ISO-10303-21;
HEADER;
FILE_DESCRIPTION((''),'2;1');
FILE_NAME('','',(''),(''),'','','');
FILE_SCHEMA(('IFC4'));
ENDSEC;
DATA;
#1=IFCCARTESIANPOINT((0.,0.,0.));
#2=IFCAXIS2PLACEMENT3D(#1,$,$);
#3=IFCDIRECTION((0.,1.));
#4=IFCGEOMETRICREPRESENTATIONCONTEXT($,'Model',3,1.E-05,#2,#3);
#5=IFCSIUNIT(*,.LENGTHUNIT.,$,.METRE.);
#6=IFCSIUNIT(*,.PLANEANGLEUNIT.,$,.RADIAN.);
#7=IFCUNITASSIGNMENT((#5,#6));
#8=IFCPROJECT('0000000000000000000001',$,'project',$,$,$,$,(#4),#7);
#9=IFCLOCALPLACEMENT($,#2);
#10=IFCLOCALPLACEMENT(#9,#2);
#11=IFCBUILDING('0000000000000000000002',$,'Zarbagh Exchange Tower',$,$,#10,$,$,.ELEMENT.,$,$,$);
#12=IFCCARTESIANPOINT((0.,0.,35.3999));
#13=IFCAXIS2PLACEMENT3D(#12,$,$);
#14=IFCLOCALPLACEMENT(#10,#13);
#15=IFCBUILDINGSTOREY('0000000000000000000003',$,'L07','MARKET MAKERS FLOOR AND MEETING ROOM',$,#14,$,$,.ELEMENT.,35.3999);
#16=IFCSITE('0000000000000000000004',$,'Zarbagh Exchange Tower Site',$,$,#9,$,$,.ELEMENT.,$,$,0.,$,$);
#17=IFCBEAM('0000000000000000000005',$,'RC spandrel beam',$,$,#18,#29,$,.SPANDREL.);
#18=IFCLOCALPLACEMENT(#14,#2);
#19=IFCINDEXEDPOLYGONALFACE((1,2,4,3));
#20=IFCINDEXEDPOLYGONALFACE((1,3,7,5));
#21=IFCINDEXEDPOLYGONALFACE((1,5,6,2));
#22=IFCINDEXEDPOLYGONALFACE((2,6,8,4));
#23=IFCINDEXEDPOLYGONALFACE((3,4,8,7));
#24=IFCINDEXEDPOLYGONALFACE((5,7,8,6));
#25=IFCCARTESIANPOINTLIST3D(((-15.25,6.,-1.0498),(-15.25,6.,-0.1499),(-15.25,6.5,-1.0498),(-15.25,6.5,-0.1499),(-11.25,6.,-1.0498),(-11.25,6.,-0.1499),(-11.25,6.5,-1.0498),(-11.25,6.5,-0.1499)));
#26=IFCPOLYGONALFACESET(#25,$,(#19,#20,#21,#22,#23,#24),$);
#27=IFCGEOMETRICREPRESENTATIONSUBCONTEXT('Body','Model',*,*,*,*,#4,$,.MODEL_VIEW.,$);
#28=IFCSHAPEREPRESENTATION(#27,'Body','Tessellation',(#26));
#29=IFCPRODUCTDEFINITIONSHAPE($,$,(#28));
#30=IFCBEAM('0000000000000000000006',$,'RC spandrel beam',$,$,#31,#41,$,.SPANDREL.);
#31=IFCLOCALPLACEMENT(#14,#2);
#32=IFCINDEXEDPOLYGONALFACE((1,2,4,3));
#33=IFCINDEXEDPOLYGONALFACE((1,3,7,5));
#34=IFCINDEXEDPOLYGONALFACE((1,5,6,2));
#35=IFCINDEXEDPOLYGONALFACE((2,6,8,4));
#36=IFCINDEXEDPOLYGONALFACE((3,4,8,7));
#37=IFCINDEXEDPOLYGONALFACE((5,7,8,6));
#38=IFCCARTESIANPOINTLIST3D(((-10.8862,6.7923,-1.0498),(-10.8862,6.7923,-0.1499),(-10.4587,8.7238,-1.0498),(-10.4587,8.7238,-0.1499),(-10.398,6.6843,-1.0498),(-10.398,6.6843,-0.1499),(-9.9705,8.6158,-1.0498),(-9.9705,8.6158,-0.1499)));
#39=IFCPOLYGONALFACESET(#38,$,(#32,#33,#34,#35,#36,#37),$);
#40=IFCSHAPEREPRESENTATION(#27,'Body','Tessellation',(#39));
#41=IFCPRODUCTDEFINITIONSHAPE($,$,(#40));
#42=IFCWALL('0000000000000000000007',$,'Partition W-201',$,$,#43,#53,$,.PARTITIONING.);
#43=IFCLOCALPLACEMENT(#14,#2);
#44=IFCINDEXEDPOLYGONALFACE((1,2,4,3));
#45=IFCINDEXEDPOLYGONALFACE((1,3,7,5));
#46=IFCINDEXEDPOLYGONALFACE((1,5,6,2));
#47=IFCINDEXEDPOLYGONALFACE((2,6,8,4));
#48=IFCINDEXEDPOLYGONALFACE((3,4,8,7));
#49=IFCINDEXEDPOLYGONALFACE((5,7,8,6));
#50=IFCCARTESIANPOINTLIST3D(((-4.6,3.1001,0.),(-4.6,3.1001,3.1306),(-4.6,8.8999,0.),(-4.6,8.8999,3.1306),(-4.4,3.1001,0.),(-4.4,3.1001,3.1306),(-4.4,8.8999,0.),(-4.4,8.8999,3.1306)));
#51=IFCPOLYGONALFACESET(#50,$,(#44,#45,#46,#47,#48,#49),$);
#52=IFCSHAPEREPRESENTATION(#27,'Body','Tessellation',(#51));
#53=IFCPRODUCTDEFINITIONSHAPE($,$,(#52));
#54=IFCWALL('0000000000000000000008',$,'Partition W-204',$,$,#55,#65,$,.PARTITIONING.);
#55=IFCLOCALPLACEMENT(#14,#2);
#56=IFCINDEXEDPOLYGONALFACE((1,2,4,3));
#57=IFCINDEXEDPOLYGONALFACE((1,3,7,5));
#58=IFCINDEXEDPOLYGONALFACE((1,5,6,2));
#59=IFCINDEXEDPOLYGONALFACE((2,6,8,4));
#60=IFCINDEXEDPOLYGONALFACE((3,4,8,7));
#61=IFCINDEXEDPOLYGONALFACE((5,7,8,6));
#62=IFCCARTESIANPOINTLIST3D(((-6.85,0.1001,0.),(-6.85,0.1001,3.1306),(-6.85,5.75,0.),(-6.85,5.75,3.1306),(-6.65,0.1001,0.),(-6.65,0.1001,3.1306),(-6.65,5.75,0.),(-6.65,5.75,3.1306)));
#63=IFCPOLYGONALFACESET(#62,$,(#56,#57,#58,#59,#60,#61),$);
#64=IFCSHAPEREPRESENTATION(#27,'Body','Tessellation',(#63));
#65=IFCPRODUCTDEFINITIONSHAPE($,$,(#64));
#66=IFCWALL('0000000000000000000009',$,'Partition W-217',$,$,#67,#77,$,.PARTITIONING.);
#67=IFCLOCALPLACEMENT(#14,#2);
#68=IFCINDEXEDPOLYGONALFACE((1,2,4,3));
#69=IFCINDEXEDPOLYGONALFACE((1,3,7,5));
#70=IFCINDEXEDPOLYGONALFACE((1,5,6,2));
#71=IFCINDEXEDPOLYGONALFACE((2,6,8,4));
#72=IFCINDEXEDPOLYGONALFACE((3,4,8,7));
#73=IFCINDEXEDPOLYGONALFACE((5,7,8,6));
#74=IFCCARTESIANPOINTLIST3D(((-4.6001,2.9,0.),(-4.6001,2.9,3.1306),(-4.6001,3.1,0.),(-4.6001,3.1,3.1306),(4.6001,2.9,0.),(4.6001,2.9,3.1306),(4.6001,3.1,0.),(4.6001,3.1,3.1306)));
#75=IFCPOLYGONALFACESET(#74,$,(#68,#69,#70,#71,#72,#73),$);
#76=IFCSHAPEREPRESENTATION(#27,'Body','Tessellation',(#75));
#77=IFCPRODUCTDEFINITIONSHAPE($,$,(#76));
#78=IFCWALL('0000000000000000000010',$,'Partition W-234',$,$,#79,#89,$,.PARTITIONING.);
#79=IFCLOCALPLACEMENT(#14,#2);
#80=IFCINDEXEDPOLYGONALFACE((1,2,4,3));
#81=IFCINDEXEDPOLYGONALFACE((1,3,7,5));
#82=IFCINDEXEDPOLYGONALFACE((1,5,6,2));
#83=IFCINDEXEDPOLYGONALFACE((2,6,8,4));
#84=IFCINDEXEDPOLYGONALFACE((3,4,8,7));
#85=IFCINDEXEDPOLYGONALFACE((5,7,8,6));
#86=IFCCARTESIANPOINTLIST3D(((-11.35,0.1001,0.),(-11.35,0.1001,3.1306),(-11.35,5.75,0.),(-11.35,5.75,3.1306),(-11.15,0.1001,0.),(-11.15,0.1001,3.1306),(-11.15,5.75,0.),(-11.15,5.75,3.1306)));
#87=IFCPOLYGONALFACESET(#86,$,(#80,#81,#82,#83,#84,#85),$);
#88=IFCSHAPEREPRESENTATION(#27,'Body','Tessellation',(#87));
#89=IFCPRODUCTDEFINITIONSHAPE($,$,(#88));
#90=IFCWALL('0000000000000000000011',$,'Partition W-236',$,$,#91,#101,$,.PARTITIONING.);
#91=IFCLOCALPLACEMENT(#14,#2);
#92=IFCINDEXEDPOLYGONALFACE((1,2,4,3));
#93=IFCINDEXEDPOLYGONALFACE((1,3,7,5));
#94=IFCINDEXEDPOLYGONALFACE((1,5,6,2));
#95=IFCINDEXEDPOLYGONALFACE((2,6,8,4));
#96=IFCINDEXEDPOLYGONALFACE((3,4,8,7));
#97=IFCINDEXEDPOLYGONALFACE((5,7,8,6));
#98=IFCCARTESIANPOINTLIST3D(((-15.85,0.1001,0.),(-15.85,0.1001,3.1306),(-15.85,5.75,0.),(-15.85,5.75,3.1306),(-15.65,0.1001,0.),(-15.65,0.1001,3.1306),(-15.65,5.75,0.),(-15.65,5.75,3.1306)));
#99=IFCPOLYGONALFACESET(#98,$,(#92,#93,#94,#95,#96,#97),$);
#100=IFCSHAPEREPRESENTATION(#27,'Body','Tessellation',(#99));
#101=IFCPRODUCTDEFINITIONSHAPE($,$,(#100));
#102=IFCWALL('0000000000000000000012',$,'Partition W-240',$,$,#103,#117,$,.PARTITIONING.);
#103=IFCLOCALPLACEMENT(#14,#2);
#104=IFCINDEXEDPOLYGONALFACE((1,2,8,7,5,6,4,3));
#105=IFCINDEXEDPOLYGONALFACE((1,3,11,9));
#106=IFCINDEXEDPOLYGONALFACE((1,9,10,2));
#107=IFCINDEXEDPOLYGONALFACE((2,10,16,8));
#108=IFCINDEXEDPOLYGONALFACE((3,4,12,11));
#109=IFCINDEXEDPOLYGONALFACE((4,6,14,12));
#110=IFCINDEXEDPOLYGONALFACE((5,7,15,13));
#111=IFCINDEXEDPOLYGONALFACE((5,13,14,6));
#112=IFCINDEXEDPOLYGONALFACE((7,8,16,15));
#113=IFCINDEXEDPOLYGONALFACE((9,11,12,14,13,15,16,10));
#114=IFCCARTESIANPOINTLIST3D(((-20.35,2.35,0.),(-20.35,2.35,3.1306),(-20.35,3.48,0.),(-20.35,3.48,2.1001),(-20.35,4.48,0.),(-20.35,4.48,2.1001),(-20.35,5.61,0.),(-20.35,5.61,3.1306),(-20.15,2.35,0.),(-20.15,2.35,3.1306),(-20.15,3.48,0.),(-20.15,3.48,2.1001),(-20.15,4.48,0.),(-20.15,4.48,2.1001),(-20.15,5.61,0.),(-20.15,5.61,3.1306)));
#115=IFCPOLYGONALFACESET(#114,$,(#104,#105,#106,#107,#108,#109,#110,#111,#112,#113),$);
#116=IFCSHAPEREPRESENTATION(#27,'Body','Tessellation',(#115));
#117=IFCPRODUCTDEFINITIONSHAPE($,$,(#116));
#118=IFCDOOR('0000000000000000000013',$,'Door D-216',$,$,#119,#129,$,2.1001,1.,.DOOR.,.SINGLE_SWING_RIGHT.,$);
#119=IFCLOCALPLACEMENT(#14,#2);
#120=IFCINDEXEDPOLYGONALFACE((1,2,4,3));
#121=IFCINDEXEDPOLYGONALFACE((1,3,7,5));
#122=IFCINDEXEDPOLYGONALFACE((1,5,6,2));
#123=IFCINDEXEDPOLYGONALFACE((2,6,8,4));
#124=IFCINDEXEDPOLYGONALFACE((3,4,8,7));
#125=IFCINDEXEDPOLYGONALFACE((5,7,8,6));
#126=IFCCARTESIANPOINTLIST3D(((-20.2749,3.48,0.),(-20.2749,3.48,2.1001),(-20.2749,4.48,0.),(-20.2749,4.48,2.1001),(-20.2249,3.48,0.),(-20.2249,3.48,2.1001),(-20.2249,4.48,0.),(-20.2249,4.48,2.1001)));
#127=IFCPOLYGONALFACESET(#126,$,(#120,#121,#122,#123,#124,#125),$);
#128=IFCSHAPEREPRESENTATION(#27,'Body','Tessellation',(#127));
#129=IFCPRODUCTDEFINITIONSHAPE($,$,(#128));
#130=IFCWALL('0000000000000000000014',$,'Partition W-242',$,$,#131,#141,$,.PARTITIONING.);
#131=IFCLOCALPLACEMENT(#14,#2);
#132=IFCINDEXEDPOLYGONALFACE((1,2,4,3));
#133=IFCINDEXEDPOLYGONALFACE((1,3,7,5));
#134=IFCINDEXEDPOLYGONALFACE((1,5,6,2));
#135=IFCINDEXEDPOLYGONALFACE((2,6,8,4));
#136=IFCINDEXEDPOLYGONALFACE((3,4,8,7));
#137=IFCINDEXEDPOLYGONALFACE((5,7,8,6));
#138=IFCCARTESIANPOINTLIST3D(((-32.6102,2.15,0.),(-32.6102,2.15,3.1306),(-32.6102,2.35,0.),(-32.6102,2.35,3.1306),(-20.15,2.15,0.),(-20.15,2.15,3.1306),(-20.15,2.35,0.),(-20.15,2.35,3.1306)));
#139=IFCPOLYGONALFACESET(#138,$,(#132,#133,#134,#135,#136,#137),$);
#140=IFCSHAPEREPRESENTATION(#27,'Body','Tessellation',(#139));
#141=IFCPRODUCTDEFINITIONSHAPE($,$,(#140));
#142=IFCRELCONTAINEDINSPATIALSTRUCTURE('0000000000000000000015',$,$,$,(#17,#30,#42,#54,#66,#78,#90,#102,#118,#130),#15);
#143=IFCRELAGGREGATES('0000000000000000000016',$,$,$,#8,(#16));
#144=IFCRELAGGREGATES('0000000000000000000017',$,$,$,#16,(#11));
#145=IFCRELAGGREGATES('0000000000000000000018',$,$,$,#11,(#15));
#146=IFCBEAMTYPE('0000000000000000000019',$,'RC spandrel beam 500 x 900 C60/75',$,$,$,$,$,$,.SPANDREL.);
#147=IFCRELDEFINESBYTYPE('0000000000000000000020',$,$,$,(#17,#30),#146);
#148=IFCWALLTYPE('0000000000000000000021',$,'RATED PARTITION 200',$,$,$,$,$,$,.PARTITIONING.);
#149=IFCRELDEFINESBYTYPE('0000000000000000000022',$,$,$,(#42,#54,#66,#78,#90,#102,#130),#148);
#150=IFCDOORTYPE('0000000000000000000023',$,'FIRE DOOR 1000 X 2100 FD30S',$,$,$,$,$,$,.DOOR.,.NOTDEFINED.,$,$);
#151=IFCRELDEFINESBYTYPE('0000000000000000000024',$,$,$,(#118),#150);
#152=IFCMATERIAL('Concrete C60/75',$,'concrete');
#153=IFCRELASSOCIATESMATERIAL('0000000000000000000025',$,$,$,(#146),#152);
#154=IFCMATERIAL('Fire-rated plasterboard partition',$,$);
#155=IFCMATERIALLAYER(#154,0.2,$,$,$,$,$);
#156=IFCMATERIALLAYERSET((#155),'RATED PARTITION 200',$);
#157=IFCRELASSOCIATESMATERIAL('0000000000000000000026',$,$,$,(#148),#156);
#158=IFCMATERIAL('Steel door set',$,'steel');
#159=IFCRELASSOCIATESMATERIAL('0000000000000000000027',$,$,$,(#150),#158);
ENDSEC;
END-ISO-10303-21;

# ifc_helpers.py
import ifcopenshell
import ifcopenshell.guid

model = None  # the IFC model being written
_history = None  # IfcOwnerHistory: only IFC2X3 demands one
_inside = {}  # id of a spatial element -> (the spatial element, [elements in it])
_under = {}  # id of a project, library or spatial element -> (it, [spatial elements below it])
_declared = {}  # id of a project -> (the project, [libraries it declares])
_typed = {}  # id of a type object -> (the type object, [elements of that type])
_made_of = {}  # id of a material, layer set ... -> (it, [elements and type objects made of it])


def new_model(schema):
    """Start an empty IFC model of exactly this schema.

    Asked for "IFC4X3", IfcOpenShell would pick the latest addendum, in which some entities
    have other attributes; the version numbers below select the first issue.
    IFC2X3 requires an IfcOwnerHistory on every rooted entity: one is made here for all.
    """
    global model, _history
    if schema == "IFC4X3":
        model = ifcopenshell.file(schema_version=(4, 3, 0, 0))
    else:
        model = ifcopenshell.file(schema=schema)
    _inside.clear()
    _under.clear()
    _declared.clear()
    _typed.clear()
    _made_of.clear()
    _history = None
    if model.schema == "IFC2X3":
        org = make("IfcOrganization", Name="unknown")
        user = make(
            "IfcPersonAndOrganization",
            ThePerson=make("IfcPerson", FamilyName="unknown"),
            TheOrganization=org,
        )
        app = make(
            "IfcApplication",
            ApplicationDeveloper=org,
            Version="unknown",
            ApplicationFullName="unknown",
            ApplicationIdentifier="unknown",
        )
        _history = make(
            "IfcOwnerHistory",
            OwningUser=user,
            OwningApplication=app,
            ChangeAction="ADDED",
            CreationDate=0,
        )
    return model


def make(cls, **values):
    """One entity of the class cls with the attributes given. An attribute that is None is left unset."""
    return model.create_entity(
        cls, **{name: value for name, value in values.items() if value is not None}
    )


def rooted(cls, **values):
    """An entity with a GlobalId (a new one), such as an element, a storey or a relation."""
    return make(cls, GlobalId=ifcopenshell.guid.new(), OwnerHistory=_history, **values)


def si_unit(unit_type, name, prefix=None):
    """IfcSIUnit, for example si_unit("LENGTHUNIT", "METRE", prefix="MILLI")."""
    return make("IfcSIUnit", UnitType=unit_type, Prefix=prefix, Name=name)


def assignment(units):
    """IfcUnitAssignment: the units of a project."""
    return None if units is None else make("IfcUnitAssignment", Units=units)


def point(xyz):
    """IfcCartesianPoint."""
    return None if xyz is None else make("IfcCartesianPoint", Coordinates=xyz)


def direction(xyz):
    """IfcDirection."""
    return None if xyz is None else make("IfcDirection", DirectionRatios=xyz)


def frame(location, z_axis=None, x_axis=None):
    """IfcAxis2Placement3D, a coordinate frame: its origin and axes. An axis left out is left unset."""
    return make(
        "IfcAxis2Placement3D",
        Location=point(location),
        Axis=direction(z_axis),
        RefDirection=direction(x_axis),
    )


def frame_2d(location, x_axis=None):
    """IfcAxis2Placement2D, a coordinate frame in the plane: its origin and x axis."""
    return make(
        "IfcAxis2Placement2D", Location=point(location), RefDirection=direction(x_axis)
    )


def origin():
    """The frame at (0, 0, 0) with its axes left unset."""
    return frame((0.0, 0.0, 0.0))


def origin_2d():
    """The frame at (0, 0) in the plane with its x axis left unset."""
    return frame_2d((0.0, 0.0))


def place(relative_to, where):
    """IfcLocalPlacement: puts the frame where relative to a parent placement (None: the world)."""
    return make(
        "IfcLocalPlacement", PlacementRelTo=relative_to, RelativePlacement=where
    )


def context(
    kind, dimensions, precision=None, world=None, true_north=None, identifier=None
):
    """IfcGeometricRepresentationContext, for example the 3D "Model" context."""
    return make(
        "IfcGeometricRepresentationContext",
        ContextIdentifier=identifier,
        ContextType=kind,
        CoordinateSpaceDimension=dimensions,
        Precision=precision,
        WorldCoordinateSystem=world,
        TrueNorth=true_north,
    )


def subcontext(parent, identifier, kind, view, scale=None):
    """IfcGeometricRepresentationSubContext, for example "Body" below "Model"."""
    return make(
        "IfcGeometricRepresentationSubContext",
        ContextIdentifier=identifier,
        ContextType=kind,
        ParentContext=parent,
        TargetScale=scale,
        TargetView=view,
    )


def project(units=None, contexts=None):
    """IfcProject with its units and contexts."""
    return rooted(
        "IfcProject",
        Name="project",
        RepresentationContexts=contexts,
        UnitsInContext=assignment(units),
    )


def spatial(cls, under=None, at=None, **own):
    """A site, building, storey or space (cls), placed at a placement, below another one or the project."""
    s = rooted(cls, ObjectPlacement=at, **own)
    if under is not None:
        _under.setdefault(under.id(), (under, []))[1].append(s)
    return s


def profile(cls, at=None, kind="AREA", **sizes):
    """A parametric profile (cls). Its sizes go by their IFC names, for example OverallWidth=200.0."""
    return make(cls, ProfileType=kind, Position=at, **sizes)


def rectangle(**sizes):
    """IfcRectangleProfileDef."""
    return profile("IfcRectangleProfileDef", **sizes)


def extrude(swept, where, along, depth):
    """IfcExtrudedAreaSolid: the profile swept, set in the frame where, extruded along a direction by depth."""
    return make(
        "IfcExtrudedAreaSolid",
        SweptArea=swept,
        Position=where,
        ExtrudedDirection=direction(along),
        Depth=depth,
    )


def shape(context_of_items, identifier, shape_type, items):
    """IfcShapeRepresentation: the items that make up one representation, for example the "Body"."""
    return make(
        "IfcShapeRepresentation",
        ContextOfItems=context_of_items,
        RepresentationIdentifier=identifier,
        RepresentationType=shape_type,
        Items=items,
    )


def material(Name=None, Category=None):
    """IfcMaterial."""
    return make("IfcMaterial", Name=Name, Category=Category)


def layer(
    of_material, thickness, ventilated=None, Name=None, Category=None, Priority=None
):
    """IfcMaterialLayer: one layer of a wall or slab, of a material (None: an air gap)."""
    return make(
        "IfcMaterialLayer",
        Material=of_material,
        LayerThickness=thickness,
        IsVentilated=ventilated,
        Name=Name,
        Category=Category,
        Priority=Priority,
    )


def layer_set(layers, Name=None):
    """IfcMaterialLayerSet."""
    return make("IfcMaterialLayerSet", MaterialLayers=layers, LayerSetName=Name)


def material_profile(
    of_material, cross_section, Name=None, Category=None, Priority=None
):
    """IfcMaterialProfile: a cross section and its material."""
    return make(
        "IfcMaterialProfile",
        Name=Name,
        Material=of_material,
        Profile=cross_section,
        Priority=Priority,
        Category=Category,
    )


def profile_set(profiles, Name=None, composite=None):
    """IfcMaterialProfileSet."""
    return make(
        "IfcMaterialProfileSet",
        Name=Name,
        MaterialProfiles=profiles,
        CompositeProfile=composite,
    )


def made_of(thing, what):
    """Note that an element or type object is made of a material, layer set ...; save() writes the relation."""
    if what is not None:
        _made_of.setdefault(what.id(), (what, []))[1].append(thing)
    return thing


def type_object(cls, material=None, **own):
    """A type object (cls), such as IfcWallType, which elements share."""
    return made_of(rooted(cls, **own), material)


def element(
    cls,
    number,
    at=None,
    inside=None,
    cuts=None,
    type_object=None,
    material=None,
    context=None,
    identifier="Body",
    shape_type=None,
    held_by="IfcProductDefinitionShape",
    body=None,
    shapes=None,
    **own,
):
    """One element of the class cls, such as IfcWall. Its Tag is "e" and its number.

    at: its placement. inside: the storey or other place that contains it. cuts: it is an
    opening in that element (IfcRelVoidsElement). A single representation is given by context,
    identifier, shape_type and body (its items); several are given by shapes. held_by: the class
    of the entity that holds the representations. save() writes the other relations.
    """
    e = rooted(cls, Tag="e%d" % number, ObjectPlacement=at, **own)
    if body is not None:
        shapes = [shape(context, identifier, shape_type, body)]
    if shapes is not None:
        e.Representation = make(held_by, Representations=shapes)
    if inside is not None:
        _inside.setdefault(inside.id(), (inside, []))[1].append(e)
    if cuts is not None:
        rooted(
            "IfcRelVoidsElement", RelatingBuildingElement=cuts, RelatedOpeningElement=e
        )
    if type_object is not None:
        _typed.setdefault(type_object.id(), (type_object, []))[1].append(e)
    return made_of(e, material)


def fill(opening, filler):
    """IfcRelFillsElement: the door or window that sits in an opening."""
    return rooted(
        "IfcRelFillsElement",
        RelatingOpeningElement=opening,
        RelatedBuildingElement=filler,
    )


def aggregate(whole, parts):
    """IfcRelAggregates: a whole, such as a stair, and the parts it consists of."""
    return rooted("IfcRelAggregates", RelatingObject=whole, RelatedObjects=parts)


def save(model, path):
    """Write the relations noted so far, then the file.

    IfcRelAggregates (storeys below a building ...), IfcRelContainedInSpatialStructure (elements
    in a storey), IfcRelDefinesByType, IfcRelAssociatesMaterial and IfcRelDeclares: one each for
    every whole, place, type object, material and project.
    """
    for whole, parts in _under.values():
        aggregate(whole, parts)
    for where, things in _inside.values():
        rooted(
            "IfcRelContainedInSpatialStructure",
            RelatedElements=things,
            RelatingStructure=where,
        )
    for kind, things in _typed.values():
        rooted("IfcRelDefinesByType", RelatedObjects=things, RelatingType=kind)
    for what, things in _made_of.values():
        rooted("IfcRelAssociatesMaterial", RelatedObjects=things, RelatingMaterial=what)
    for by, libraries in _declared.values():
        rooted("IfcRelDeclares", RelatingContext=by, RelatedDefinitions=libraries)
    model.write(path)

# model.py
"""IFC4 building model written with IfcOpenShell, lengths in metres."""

from ifc_helpers import new_model, si_unit, direction, frame, frame_2d, origin, origin_2d, place, context, subcontext, project, spatial, rectangle, extrude, material, layer, layer_set, material_profile, profile_set, type_object, element, fill, save


model = new_model("IFC4")

# Units and contexts
model_context = context("Model", 3, precision=1e-05, world=origin(), true_north=direction((0.0, 1.0)))
body_context = subcontext(model_context, "Body", "Model", "MODEL_VIEW")
ifc_project = project(units=[si_unit("LENGTHUNIT", "METRE"), si_unit("PLANEANGLEUNIT", "RADIAN")], contexts=[model_context])

# Site, building, storey
site_placement = place(None, origin())
site = spatial("IfcSite", under=ifc_project, at=site_placement, Name="Zarbagh Exchange Tower Site", CompositionType="ELEMENT", RefElevation=0.0)
building_placement = place(site_placement, origin())
building = spatial("IfcBuilding", under=site, at=building_placement, Name="Zarbagh Exchange Tower", CompositionType="ELEMENT")
storey_placement = place(building_placement, frame((0.0, 0.0, 35.3999)))
storey = spatial("IfcBuildingStorey", under=building, at=storey_placement, Name="L07", Description="MARKET MAKERS FLOOR AND MEETING ROOM", CompositionType="ELEMENT", Elevation=35.3999)

# Shared definitions
ifc_material_1 = material(Name="Concrete C60/75", Category="concrete")

# Beams
ifc_material_profile_1 = material_profile(ifc_material_1, rectangle(XDim=0.5, YDim=0.8999, at=origin_2d()), Name="RC spandrel beam 500 x 900 C60/75")
ifc_profile_set_1 = profile_set([ifc_material_profile_1], Name="Concrete C60/75")
beam_type_1 = type_object("IfcBeamType", Name="RC spandrel beam 500 x 900 C60/75", PredefinedType="SPANDREL", material=ifc_profile_set_1)
beam_1_placement = place(storey_placement, frame((-15.25, 6.25, -0.5999), z_axis=(1.0, 0.0, 0.0), x_axis=(0.0, 1.0, 0.0)))
element("IfcBeam", 1, at=beam_1_placement, inside=storey, type_object=beam_type_1, Name="RC spandrel beam", PredefinedType="SPANDREL", context=body_context, shape_type="SweptSolid", body=[
    extrude(rectangle(XDim=0.5, YDim=0.8999, at=origin_2d()), origin(), (0.0, 0.0, 1.0), 4.0),
])
beam_2_placement = place(storey_placement, frame((-10.6421, 6.7383, -0.5999), z_axis=(0.216081, 0.976375, 0.0), x_axis=(-0.976375, 0.216081, 0.0)))
element("IfcBeam", 2, at=beam_2_placement, inside=storey, type_object=beam_type_1, Name="RC spandrel beam", PredefinedType="SPANDREL", context=body_context, shape_type="SweptSolid", body=[
    extrude(rectangle(XDim=0.5, YDim=0.8999, at=origin_2d()), origin(), (0.0, 0.0, 1.0), 1.9783),
])

# Walls
ifc_material_2 = material(Name="Fire-rated plasterboard partition")
ifc_layer = layer(ifc_material_2, 0.2)
ifc_layer_set = layer_set([ifc_layer], Name="RATED PARTITION 200")
wall_type = type_object("IfcWallType", Name="RATED PARTITION 200", PredefinedType="PARTITIONING", material=ifc_layer_set)
wall_1_placement = place(storey_placement, frame((-4.5, 3.1001, 0.0), z_axis=(0.0, 0.0, 1.0), x_axis=(0.0, 1.0, 0.0)))
element("IfcWall", 3, at=wall_1_placement, inside=storey, type_object=wall_type, Name="Partition W-201", PredefinedType="PARTITIONING", context=body_context, shape_type="SweptSolid", body=[
    extrude(rectangle(XDim=5.7998, YDim=0.2, at=frame_2d((2.8999, 0.0))), origin(), (0.0, 0.0, 1.0), 3.1306),
])
wall_2_placement = place(storey_placement, frame((-6.75, 0.1001, 0.0), z_axis=(0.0, 0.0, 1.0), x_axis=(0.0, 1.0, 0.0)))
element("IfcWall", 4, at=wall_2_placement, inside=storey, type_object=wall_type, Name="Partition W-204", PredefinedType="PARTITIONING", context=body_context, shape_type="SweptSolid", body=[
    extrude(rectangle(XDim=5.6499, YDim=0.2, at=frame_2d((2.825, 0.0))), origin(), (0.0, 0.0, 1.0), 3.1306),
])
wall_3_placement = place(storey_placement, frame((-4.6001, 3.0, 0.0), z_axis=(0.0, 0.0, 1.0), x_axis=(1.0, 0.0, 0.0)))
element("IfcWall", 5, at=wall_3_placement, inside=storey, type_object=wall_type, Name="Partition W-217", PredefinedType="PARTITIONING", context=body_context, shape_type="SweptSolid", body=[
    extrude(rectangle(XDim=9.2002, YDim=0.2, at=frame_2d((4.6001, 0.0))), origin(), (0.0, 0.0, 1.0), 3.1306),
])
for number, where, z_axis, x_axis, name in (
    (6, (-11.25, 0.1001, 0.0), (0.0, 0.0, 1.0), (0.0, 1.0, 0.0), "Partition W-234"),
    (7, (-15.75, 0.1001, 0.0), (0.0, 0.0, 1.0), (0.0, 1.0, 0.0), "Partition W-236"),
):
    element("IfcWall", number, at=place(storey_placement, frame(where, z_axis=z_axis, x_axis=x_axis)), inside=storey, type_object=wall_type, Name=name, PredefinedType="PARTITIONING", context=body_context, shape_type="SweptSolid", body=[
        extrude(rectangle(XDim=5.6499, YDim=0.2, at=frame_2d((2.825, 0.0))), origin(), (0.0, 0.0, 1.0), 3.1306),
    ])

# Wall, opening, door
wall_4_placement = place(storey_placement, frame((-20.25, 2.3501, 0.0), z_axis=(0.0, 0.0, 1.0), x_axis=(0.0, 1.0, 0.0)))
wall_4 = element("IfcWall", 8, at=wall_4_placement, inside=storey, type_object=wall_type, Name="Partition W-240", PredefinedType="PARTITIONING", context=body_context, shape_type="SweptSolid", body=[
    extrude(rectangle(XDim=3.26, YDim=0.2, at=frame_2d((1.6299, 0.0))), origin(), (0.0, 0.0, 1.0), 3.1306),
])
opening_placement = place(wall_4_placement, frame((1.1299, 0.0, 0.0)))
opening = element("IfcOpeningElement", 9, at=opening_placement, cuts=wall_4, PredefinedType="OPENING", context=body_context, shape_type="SweptSolid", body=[
    extrude(rectangle(XDim=1.0, YDim=2.1001, at=frame_2d((0.5, 1.05))), frame((0.0, 0.1099, 0.0), z_axis=(0.0, -1.0, 0.0), x_axis=(1.0, 0.0, 0.0)), (0.0, 0.0, 1.0), 0.22),
])
ifc_material_3 = material(Name="Steel door set", Category="steel")
door_type = type_object("IfcDoorType", Name="FIRE DOOR 1000 X 2100 FD30S", OperationType="NOTDEFINED", PredefinedType="DOOR", material=ifc_material_3)
door_placement = place(opening_placement, origin())
door = element("IfcDoor", 10, at=door_placement, inside=storey, type_object=door_type, Name="Door D-216", OperationType="SINGLE_SWING_RIGHT", OverallHeight=2.1001, OverallWidth=1.0, PredefinedType="DOOR", context=body_context, shape_type="SweptSolid", body=[
    extrude(rectangle(XDim=1.0, YDim=2.1001, at=frame_2d((0.5, 1.05))), frame((0.0, 0.0249, 0.0), z_axis=(0.0, -1.0, 0.0), x_axis=(1.0, 0.0, 0.0)), (0.0, 0.0, 1.0), 0.05),
])
fill(opening, door)

# Wall
wall_5_placement = place(storey_placement, frame((-32.6101, 2.25, 0.0), z_axis=(0.0, 0.0, 1.0), x_axis=(1.0, 0.0, 0.0)))
element("IfcWall", 11, at=wall_5_placement, inside=storey, type_object=wall_type, Name="Partition W-242", PredefinedType="PARTITIONING", context=body_context, shape_type="SweptSolid", body=[
    extrude(rectangle(XDim=12.4602, YDim=0.2, at=frame_2d((6.23, 0.0))), origin(), (0.0, 0.0, 1.0), 3.1306),
])

save(model, "model.ifc")
